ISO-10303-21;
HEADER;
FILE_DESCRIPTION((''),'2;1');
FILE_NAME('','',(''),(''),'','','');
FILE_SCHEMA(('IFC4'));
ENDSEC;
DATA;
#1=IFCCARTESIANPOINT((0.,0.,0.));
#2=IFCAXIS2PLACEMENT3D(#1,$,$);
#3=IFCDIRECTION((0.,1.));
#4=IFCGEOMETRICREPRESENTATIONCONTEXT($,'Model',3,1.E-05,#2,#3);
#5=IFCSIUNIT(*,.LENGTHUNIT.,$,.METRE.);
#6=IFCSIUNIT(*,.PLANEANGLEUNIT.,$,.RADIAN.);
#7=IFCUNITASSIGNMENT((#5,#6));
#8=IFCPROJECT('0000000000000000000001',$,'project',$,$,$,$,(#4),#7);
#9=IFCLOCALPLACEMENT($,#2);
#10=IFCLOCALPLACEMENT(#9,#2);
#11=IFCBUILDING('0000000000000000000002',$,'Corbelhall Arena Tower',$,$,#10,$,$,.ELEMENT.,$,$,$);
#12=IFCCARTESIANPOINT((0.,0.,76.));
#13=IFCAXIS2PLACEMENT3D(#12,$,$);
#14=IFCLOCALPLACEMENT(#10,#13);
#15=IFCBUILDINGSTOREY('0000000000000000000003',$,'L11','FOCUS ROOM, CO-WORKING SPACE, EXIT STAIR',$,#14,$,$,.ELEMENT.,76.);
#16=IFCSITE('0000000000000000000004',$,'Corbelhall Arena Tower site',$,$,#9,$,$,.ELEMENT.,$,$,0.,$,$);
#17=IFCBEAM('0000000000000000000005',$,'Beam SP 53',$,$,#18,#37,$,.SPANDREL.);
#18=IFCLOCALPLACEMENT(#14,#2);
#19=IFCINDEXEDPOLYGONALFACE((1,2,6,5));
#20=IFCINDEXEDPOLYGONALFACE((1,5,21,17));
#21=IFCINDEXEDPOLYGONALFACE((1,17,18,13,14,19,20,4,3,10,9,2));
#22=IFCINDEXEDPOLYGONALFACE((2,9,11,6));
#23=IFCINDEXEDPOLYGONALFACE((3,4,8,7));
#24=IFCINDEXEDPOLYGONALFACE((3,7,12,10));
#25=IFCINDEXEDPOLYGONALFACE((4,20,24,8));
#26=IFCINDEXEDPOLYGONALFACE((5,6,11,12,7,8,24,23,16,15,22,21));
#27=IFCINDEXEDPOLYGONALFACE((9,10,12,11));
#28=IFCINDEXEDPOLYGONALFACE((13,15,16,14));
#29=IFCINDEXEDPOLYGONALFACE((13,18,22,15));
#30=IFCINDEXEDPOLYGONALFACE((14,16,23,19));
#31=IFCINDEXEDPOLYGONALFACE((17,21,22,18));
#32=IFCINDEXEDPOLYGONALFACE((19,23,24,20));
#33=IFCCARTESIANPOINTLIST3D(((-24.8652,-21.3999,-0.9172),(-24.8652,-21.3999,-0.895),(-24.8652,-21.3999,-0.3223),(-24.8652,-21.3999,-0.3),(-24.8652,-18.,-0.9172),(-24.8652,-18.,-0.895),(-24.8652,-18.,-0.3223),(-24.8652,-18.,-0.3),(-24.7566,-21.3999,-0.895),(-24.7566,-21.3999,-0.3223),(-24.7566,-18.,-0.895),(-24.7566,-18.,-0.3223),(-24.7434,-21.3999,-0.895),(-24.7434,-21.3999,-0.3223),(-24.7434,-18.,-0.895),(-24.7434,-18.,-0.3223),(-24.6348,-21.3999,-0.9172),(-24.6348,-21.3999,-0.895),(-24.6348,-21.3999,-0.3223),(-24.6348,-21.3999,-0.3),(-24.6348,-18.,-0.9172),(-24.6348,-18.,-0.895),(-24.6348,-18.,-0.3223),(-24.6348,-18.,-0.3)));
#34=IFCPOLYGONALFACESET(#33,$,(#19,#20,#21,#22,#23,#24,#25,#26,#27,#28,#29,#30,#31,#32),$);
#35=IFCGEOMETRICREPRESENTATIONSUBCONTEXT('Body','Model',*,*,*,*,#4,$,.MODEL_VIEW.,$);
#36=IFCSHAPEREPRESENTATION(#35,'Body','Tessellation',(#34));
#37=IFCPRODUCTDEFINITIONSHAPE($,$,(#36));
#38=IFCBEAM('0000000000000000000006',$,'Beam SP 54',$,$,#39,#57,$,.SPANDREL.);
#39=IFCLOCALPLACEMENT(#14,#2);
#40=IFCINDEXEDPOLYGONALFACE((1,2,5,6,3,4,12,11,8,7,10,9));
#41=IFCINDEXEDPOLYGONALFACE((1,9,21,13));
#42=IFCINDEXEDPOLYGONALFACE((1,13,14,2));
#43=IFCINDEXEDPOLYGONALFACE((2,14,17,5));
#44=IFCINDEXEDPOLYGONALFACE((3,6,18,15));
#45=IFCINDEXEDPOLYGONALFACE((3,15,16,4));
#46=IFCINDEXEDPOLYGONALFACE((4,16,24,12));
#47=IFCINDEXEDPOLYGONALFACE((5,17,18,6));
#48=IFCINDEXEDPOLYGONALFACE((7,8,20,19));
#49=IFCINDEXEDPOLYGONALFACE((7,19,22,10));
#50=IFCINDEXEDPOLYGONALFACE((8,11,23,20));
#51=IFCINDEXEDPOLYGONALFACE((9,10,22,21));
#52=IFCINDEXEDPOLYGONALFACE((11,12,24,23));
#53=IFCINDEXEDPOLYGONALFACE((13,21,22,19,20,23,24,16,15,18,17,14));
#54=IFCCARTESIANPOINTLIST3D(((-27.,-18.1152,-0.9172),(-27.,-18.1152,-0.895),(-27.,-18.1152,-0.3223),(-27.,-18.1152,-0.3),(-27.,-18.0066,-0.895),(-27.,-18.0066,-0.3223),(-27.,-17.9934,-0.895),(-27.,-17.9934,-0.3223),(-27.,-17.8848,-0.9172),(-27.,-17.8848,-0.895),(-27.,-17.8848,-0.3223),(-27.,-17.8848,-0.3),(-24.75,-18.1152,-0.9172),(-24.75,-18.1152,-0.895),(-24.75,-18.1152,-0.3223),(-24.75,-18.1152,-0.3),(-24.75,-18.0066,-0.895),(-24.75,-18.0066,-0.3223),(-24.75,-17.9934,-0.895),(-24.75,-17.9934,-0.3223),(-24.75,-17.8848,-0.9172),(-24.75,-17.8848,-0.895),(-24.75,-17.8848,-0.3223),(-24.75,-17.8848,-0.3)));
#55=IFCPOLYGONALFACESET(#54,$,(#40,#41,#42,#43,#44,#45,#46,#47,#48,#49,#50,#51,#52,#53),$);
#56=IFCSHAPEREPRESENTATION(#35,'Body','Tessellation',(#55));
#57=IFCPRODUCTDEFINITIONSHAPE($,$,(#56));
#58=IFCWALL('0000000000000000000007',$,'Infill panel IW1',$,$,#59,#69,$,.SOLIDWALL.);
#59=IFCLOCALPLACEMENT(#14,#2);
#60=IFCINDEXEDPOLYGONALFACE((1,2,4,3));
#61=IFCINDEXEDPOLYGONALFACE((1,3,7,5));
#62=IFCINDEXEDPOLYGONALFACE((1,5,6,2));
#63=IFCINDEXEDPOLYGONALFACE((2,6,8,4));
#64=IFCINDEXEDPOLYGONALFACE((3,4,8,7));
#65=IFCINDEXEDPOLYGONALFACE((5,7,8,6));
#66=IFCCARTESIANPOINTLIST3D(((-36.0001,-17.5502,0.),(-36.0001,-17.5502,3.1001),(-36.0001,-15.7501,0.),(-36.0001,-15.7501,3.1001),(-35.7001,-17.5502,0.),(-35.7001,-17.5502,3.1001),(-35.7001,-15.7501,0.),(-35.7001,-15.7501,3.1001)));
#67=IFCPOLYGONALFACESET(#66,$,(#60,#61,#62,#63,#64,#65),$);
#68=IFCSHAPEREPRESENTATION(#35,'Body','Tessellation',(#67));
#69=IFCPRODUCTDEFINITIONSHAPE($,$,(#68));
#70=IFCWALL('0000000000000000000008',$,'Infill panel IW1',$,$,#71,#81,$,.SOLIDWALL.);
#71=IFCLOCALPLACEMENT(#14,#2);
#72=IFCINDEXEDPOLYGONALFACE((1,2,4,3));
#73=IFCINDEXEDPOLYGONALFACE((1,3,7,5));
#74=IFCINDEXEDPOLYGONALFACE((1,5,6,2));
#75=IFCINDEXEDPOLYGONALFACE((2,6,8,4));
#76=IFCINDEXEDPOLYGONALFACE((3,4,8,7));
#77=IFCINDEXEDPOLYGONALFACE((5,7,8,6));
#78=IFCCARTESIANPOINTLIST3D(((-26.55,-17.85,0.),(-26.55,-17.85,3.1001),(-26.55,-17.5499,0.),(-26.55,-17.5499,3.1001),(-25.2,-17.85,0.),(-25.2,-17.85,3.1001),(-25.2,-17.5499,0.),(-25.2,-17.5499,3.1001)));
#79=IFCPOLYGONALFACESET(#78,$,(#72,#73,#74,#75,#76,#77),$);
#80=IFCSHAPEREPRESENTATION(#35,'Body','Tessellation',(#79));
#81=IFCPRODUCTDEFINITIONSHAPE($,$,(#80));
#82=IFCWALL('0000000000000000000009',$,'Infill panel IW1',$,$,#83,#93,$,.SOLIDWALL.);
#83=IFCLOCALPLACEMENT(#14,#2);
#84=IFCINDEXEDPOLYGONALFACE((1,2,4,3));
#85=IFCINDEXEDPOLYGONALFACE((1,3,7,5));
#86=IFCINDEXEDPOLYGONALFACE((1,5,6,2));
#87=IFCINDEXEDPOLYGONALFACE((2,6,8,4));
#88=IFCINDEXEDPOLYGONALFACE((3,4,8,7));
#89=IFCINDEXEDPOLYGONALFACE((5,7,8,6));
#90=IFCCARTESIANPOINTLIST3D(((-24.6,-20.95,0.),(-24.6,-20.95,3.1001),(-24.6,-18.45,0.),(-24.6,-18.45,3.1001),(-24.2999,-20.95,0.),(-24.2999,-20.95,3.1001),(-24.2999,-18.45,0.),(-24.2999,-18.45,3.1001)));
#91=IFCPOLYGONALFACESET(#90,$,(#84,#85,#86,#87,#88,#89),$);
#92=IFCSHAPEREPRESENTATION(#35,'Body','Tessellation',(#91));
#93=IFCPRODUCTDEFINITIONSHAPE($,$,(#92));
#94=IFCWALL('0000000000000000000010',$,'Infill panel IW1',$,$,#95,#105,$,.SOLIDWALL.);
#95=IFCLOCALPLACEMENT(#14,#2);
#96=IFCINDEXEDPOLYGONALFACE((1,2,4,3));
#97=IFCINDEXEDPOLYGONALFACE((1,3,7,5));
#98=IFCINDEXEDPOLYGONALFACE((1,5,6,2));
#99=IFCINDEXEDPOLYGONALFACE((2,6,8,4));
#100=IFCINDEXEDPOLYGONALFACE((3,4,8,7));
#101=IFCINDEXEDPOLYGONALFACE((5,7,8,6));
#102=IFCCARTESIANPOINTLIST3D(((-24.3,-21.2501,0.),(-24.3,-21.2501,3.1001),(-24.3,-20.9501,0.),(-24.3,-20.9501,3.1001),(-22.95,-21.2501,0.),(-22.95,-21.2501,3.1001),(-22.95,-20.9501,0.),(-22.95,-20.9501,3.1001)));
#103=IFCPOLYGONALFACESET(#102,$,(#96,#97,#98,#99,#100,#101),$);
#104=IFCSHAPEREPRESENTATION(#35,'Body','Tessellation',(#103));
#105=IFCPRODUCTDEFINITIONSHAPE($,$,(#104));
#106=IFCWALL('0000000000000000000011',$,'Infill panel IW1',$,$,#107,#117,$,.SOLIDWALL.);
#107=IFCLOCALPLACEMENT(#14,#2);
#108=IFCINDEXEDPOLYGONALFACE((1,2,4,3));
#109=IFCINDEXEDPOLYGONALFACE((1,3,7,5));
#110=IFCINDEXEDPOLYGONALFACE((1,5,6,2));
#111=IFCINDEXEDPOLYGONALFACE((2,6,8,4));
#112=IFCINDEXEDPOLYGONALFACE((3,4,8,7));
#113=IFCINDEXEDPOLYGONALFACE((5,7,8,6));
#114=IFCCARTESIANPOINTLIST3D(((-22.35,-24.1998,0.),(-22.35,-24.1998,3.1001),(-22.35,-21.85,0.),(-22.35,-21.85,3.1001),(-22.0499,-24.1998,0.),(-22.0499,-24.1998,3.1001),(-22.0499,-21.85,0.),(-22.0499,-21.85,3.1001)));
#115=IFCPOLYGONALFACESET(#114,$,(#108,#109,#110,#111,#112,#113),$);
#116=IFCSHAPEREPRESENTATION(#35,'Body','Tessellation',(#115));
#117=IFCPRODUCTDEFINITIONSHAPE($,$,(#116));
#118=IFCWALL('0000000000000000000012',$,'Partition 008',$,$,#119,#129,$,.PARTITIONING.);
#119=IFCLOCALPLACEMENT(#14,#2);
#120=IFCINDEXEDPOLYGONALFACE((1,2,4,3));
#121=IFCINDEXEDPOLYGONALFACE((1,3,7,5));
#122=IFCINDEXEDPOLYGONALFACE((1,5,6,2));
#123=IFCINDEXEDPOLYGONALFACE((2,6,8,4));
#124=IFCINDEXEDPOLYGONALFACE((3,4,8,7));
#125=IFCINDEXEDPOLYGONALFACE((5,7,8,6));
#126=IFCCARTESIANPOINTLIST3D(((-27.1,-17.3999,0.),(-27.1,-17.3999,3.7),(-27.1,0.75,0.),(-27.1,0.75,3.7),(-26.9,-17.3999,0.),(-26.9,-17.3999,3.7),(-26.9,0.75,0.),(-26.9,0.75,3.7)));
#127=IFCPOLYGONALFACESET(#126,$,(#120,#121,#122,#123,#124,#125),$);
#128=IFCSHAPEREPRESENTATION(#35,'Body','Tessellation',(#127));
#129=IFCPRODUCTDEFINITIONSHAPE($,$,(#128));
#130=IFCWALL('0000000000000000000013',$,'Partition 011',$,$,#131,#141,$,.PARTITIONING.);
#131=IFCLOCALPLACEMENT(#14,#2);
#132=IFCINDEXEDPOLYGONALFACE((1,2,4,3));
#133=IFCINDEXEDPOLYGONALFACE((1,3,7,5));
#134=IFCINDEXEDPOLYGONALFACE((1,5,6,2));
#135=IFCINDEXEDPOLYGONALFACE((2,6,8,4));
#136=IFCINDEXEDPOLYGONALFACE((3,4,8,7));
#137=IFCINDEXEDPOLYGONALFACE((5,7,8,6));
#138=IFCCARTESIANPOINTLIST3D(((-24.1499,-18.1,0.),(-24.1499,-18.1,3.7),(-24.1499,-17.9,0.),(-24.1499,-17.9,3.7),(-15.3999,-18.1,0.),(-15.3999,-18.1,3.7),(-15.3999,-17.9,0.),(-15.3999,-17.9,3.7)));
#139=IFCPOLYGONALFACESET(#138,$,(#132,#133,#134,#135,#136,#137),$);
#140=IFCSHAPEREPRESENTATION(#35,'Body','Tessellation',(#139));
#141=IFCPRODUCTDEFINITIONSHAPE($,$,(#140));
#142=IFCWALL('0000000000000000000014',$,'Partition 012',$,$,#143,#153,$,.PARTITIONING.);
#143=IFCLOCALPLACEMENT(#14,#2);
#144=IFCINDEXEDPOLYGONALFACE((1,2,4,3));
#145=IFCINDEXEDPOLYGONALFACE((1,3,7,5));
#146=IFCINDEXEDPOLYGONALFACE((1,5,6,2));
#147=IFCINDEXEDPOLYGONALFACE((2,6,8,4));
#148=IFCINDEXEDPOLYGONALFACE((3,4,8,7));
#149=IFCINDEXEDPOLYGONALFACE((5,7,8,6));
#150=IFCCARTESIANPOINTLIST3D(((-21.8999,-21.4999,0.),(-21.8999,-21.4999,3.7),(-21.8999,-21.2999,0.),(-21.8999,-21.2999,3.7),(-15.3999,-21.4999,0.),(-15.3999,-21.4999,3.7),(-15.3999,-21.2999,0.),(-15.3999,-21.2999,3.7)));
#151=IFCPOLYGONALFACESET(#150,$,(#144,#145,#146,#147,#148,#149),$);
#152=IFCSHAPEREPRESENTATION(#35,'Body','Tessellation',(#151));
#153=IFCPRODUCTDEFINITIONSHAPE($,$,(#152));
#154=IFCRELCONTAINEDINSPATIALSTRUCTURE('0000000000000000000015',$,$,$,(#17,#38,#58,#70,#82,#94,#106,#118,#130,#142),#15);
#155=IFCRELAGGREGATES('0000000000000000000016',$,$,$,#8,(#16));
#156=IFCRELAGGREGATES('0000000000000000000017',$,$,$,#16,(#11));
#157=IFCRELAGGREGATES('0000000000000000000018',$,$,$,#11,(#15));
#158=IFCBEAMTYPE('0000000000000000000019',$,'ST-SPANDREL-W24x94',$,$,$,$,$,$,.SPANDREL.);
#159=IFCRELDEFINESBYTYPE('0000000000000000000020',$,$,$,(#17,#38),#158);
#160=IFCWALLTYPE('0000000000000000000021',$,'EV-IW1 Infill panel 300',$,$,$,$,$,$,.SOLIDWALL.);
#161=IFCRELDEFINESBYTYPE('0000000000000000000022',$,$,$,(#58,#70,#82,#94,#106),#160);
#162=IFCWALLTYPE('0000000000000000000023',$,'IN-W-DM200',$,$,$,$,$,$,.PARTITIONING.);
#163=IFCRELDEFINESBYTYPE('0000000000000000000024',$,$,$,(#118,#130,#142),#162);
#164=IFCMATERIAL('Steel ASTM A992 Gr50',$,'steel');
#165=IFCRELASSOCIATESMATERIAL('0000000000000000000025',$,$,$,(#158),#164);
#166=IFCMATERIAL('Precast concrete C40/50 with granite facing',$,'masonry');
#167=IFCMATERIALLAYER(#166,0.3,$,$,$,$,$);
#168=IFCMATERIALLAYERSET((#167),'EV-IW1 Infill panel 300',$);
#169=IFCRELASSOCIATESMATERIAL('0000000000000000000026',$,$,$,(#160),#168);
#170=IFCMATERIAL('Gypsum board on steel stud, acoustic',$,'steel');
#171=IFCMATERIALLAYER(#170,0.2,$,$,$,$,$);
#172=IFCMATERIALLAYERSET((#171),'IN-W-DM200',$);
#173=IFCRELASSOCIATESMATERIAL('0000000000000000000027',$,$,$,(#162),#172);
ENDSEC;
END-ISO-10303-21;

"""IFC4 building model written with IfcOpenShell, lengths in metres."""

from ifc_helpers import new_model, si_unit, direction, frame, frame_2d, origin, origin_2d, place, context, subcontext, project, spatial, rectangle, i_section, extrude, material, layer, layer_set, material_profile, profile_set, type_object, element, save


model = new_model("IFC4")

# Units and contexts
model_context = context("Model", 3, precision=1e-05, world=origin(), true_north=direction((0.0, 1.0)))
body_context = subcontext(model_context, "Body", "Model", "MODEL_VIEW")
ifc_project = project(units=[si_unit("LENGTHUNIT", "METRE"), si_unit("PLANEANGLEUNIT", "RADIAN")], contexts=[model_context])

# Site, building, storey
site_placement = place(None, origin())
site = spatial("IfcSite", under=ifc_project, at=site_placement, Name="Corbelhall Arena Tower site", CompositionType="ELEMENT", RefElevation=0.0)
building_placement = place(site_placement, origin())
building = spatial("IfcBuilding", under=site, at=building_placement, Name="Corbelhall Arena Tower", CompositionType="ELEMENT")
storey_placement = place(building_placement, frame((0.0, 0.0, 76.0)))
storey = spatial("IfcBuildingStorey", under=building, at=storey_placement, Name="L11", Description="FOCUS ROOM, CO-WORKING SPACE, EXIT STAIR", CompositionType="ELEMENT", Elevation=76.0)

# Beams
ifc_material_1 = material(Name="Steel ASTM A992 Gr50", Category="steel")
ifc_material_profile_1 = material_profile(ifc_material_1, i_section(OverallWidth=0.2305, OverallDepth=0.6172, WebThickness=0.0132, FlangeThickness=0.0222, at=origin_2d()))
ifc_profile_set_1 = profile_set([ifc_material_profile_1], Name="Steel ASTM A992 Gr50")
beam_type = type_object("IfcBeamType", Name="ST-SPANDREL-W24x94", PredefinedType="SPANDREL", material=ifc_profile_set_1)
beam_1_placement = place(storey_placement, frame((-24.75, -21.3999, -0.6086), z_axis=(0.0, 1.0, 0.0), x_axis=(-1.0, 0.0, 0.0)))
element("IfcBeam", 1, at=beam_1_placement, inside=storey, type_object=beam_type, Name="Beam SP 53", PredefinedType="SPANDREL", context=body_context, shape_type="SweptSolid", body=[
    extrude(i_section(OverallWidth=0.2305, OverallDepth=0.6172, WebThickness=0.0132, FlangeThickness=0.0222, at=origin_2d()), origin(), (0.0, 0.0, 1.0), 3.3999),
])
beam_2_placement = place(storey_placement, frame((-24.75, -18.0, -0.6086), z_axis=(-1.0, 0.0, 0.0), x_axis=(0.0, -1.0, 0.0)))
element("IfcBeam", 2, at=beam_2_placement, inside=storey, type_object=beam_type, Name="Beam SP 54", PredefinedType="SPANDREL", context=body_context, shape_type="SweptSolid", body=[
    extrude(i_section(OverallWidth=0.2305, OverallDepth=0.6172, WebThickness=0.0132, FlangeThickness=0.0222, at=origin_2d()), origin(), (0.0, 0.0, 1.0), 2.25),
])

# Wall
ifc_material_2 = material(Name="Precast concrete C40/50 with granite facing", Category="masonry")
ifc_layer_1 = layer(ifc_material_2, 0.3)
ifc_layer_set_1 = layer_set([ifc_layer_1], Name="EV-IW1 Infill panel 300")
wall_type_1 = type_object("IfcWallType", Name="EV-IW1 Infill panel 300", PredefinedType="SOLIDWALL", material=ifc_layer_set_1)
wall_1_placement = place(storey_placement, frame((-35.8501, -17.55, 0.0), z_axis=(0.0, 0.0, 1.0), x_axis=(0.0, 1.0, 0.0)))
element("IfcWall", 3, at=wall_1_placement, inside=storey, type_object=wall_type_1, Name="Infill panel IW1", PredefinedType="SOLIDWALL", context=body_context, shape_type="SweptSolid", body=[
    extrude(rectangle(XDim=1.8, YDim=0.3, at=frame_2d((0.8999, 0.0))), origin(), (0.0, 0.0, 1.0), 3.1001),
])

# Walls
wall_2_placement = place(storey_placement, frame((-26.55, -17.7, 0.0), z_axis=(0.0, 0.0, 1.0), x_axis=(1.0, 0.0, 0.0)))
element("IfcWall", 4, at=wall_2_placement, inside=storey, type_object=wall_type_1, Name="Infill panel IW1", PredefinedType="SOLIDWALL", context=body_context, shape_type="SweptSolid", body=[
    extrude(rectangle(XDim=1.3501, YDim=0.3, at=frame_2d((0.675, 0.0))), origin(), (0.0, 0.0, 1.0), 3.1001),
])
wall_3_placement = place(storey_placement, frame((-24.45, -18.45, 0.0), z_axis=(0.0, 0.0, 1.0), x_axis=(0.0, -1.0, 0.0)))
element("IfcWall", 5, at=wall_3_placement, inside=storey, type_object=wall_type_1, Name="Infill panel IW1", PredefinedType="SOLIDWALL", context=body_context, shape_type="SweptSolid", body=[
    extrude(rectangle(XDim=2.5, YDim=0.3, at=frame_2d((1.25, 0.0))), origin(), (0.0, 0.0, 1.0), 3.1001),
])
wall_4_placement = place(storey_placement, frame((-24.3, -21.1001, 0.0), z_axis=(0.0, 0.0, 1.0), x_axis=(1.0, 0.0, 0.0)))
element("IfcWall", 6, at=wall_4_placement, inside=storey, type_object=wall_type_1, Name="Infill panel IW1", PredefinedType="SOLIDWALL", context=body_context, shape_type="SweptSolid", body=[
    extrude(rectangle(XDim=1.3501, YDim=0.3, at=frame_2d((0.675, 0.0))), origin(), (0.0, 0.0, 1.0), 3.1001),
])
wall_5_placement = place(storey_placement, frame((-22.2, -21.8501, 0.0), z_axis=(0.0, 0.0, 1.0), x_axis=(0.0, -1.0, 0.0)))
element("IfcWall", 7, at=wall_5_placement, inside=storey, type_object=wall_type_1, Name="Infill panel IW1", PredefinedType="SOLIDWALL", context=body_context, shape_type="SweptSolid", body=[
    extrude(rectangle(XDim=2.3499, YDim=0.3, at=frame_2d((1.1748, 0.0))), origin(), (0.0, 0.0, 1.0), 3.1001),
])

# Walls
ifc_material_3 = material(Name="Gypsum board on steel stud, acoustic", Category="steel")
ifc_layer_2 = layer(ifc_material_3, 0.2)
ifc_layer_set_2 = layer_set([ifc_layer_2], Name="IN-W-DM200")
wall_type_2 = type_object("IfcWallType", Name="IN-W-DM200", PredefinedType="PARTITIONING", material=ifc_layer_set_2)
wall_6_placement = place(storey_placement, frame((-27.0, -17.3999, 0.0), z_axis=(0.0, 0.0, 1.0), x_axis=(0.0, 1.0, 0.0)))
element("IfcWall", 8, at=wall_6_placement, inside=storey, type_object=wall_type_2, Name="Partition 008", PredefinedType="PARTITIONING", context=body_context, shape_type="SweptSolid", body=[
    extrude(rectangle(XDim=18.1499, YDim=0.2, at=frame_2d((9.075, 0.0))), origin(), (0.0, 0.0, 1.0), 3.7),
])
wall_7_placement = place(storey_placement, frame((-24.1499, -18.0, 0.0), z_axis=(0.0, 0.0, 1.0), x_axis=(1.0, 0.0, 0.0)))
element("IfcWall", 9, at=wall_7_placement, inside=storey, type_object=wall_type_2, Name="Partition 011", PredefinedType="PARTITIONING", context=body_context, shape_type="SweptSolid", body=[
    extrude(rectangle(XDim=8.75, YDim=0.2, at=frame_2d((4.375, 0.0))), origin(), (0.0, 0.0, 1.0), 3.7),
])
wall_8_placement = place(storey_placement, frame((-21.8999, -21.3999, 0.0), z_axis=(0.0, 0.0, 1.0), x_axis=(1.0, 0.0, 0.0)))
element("IfcWall", 10, at=wall_8_placement, inside=storey, type_object=wall_type_2, Name="Partition 012", PredefinedType="PARTITIONING", context=body_context, shape_type="SweptSolid", body=[
    extrude(rectangle(XDim=6.5, YDim=0.2, at=frame_2d((3.25, 0.0))), origin(), (0.0, 0.0, 1.0), 3.7),
])

save(model, "model.ifc")
